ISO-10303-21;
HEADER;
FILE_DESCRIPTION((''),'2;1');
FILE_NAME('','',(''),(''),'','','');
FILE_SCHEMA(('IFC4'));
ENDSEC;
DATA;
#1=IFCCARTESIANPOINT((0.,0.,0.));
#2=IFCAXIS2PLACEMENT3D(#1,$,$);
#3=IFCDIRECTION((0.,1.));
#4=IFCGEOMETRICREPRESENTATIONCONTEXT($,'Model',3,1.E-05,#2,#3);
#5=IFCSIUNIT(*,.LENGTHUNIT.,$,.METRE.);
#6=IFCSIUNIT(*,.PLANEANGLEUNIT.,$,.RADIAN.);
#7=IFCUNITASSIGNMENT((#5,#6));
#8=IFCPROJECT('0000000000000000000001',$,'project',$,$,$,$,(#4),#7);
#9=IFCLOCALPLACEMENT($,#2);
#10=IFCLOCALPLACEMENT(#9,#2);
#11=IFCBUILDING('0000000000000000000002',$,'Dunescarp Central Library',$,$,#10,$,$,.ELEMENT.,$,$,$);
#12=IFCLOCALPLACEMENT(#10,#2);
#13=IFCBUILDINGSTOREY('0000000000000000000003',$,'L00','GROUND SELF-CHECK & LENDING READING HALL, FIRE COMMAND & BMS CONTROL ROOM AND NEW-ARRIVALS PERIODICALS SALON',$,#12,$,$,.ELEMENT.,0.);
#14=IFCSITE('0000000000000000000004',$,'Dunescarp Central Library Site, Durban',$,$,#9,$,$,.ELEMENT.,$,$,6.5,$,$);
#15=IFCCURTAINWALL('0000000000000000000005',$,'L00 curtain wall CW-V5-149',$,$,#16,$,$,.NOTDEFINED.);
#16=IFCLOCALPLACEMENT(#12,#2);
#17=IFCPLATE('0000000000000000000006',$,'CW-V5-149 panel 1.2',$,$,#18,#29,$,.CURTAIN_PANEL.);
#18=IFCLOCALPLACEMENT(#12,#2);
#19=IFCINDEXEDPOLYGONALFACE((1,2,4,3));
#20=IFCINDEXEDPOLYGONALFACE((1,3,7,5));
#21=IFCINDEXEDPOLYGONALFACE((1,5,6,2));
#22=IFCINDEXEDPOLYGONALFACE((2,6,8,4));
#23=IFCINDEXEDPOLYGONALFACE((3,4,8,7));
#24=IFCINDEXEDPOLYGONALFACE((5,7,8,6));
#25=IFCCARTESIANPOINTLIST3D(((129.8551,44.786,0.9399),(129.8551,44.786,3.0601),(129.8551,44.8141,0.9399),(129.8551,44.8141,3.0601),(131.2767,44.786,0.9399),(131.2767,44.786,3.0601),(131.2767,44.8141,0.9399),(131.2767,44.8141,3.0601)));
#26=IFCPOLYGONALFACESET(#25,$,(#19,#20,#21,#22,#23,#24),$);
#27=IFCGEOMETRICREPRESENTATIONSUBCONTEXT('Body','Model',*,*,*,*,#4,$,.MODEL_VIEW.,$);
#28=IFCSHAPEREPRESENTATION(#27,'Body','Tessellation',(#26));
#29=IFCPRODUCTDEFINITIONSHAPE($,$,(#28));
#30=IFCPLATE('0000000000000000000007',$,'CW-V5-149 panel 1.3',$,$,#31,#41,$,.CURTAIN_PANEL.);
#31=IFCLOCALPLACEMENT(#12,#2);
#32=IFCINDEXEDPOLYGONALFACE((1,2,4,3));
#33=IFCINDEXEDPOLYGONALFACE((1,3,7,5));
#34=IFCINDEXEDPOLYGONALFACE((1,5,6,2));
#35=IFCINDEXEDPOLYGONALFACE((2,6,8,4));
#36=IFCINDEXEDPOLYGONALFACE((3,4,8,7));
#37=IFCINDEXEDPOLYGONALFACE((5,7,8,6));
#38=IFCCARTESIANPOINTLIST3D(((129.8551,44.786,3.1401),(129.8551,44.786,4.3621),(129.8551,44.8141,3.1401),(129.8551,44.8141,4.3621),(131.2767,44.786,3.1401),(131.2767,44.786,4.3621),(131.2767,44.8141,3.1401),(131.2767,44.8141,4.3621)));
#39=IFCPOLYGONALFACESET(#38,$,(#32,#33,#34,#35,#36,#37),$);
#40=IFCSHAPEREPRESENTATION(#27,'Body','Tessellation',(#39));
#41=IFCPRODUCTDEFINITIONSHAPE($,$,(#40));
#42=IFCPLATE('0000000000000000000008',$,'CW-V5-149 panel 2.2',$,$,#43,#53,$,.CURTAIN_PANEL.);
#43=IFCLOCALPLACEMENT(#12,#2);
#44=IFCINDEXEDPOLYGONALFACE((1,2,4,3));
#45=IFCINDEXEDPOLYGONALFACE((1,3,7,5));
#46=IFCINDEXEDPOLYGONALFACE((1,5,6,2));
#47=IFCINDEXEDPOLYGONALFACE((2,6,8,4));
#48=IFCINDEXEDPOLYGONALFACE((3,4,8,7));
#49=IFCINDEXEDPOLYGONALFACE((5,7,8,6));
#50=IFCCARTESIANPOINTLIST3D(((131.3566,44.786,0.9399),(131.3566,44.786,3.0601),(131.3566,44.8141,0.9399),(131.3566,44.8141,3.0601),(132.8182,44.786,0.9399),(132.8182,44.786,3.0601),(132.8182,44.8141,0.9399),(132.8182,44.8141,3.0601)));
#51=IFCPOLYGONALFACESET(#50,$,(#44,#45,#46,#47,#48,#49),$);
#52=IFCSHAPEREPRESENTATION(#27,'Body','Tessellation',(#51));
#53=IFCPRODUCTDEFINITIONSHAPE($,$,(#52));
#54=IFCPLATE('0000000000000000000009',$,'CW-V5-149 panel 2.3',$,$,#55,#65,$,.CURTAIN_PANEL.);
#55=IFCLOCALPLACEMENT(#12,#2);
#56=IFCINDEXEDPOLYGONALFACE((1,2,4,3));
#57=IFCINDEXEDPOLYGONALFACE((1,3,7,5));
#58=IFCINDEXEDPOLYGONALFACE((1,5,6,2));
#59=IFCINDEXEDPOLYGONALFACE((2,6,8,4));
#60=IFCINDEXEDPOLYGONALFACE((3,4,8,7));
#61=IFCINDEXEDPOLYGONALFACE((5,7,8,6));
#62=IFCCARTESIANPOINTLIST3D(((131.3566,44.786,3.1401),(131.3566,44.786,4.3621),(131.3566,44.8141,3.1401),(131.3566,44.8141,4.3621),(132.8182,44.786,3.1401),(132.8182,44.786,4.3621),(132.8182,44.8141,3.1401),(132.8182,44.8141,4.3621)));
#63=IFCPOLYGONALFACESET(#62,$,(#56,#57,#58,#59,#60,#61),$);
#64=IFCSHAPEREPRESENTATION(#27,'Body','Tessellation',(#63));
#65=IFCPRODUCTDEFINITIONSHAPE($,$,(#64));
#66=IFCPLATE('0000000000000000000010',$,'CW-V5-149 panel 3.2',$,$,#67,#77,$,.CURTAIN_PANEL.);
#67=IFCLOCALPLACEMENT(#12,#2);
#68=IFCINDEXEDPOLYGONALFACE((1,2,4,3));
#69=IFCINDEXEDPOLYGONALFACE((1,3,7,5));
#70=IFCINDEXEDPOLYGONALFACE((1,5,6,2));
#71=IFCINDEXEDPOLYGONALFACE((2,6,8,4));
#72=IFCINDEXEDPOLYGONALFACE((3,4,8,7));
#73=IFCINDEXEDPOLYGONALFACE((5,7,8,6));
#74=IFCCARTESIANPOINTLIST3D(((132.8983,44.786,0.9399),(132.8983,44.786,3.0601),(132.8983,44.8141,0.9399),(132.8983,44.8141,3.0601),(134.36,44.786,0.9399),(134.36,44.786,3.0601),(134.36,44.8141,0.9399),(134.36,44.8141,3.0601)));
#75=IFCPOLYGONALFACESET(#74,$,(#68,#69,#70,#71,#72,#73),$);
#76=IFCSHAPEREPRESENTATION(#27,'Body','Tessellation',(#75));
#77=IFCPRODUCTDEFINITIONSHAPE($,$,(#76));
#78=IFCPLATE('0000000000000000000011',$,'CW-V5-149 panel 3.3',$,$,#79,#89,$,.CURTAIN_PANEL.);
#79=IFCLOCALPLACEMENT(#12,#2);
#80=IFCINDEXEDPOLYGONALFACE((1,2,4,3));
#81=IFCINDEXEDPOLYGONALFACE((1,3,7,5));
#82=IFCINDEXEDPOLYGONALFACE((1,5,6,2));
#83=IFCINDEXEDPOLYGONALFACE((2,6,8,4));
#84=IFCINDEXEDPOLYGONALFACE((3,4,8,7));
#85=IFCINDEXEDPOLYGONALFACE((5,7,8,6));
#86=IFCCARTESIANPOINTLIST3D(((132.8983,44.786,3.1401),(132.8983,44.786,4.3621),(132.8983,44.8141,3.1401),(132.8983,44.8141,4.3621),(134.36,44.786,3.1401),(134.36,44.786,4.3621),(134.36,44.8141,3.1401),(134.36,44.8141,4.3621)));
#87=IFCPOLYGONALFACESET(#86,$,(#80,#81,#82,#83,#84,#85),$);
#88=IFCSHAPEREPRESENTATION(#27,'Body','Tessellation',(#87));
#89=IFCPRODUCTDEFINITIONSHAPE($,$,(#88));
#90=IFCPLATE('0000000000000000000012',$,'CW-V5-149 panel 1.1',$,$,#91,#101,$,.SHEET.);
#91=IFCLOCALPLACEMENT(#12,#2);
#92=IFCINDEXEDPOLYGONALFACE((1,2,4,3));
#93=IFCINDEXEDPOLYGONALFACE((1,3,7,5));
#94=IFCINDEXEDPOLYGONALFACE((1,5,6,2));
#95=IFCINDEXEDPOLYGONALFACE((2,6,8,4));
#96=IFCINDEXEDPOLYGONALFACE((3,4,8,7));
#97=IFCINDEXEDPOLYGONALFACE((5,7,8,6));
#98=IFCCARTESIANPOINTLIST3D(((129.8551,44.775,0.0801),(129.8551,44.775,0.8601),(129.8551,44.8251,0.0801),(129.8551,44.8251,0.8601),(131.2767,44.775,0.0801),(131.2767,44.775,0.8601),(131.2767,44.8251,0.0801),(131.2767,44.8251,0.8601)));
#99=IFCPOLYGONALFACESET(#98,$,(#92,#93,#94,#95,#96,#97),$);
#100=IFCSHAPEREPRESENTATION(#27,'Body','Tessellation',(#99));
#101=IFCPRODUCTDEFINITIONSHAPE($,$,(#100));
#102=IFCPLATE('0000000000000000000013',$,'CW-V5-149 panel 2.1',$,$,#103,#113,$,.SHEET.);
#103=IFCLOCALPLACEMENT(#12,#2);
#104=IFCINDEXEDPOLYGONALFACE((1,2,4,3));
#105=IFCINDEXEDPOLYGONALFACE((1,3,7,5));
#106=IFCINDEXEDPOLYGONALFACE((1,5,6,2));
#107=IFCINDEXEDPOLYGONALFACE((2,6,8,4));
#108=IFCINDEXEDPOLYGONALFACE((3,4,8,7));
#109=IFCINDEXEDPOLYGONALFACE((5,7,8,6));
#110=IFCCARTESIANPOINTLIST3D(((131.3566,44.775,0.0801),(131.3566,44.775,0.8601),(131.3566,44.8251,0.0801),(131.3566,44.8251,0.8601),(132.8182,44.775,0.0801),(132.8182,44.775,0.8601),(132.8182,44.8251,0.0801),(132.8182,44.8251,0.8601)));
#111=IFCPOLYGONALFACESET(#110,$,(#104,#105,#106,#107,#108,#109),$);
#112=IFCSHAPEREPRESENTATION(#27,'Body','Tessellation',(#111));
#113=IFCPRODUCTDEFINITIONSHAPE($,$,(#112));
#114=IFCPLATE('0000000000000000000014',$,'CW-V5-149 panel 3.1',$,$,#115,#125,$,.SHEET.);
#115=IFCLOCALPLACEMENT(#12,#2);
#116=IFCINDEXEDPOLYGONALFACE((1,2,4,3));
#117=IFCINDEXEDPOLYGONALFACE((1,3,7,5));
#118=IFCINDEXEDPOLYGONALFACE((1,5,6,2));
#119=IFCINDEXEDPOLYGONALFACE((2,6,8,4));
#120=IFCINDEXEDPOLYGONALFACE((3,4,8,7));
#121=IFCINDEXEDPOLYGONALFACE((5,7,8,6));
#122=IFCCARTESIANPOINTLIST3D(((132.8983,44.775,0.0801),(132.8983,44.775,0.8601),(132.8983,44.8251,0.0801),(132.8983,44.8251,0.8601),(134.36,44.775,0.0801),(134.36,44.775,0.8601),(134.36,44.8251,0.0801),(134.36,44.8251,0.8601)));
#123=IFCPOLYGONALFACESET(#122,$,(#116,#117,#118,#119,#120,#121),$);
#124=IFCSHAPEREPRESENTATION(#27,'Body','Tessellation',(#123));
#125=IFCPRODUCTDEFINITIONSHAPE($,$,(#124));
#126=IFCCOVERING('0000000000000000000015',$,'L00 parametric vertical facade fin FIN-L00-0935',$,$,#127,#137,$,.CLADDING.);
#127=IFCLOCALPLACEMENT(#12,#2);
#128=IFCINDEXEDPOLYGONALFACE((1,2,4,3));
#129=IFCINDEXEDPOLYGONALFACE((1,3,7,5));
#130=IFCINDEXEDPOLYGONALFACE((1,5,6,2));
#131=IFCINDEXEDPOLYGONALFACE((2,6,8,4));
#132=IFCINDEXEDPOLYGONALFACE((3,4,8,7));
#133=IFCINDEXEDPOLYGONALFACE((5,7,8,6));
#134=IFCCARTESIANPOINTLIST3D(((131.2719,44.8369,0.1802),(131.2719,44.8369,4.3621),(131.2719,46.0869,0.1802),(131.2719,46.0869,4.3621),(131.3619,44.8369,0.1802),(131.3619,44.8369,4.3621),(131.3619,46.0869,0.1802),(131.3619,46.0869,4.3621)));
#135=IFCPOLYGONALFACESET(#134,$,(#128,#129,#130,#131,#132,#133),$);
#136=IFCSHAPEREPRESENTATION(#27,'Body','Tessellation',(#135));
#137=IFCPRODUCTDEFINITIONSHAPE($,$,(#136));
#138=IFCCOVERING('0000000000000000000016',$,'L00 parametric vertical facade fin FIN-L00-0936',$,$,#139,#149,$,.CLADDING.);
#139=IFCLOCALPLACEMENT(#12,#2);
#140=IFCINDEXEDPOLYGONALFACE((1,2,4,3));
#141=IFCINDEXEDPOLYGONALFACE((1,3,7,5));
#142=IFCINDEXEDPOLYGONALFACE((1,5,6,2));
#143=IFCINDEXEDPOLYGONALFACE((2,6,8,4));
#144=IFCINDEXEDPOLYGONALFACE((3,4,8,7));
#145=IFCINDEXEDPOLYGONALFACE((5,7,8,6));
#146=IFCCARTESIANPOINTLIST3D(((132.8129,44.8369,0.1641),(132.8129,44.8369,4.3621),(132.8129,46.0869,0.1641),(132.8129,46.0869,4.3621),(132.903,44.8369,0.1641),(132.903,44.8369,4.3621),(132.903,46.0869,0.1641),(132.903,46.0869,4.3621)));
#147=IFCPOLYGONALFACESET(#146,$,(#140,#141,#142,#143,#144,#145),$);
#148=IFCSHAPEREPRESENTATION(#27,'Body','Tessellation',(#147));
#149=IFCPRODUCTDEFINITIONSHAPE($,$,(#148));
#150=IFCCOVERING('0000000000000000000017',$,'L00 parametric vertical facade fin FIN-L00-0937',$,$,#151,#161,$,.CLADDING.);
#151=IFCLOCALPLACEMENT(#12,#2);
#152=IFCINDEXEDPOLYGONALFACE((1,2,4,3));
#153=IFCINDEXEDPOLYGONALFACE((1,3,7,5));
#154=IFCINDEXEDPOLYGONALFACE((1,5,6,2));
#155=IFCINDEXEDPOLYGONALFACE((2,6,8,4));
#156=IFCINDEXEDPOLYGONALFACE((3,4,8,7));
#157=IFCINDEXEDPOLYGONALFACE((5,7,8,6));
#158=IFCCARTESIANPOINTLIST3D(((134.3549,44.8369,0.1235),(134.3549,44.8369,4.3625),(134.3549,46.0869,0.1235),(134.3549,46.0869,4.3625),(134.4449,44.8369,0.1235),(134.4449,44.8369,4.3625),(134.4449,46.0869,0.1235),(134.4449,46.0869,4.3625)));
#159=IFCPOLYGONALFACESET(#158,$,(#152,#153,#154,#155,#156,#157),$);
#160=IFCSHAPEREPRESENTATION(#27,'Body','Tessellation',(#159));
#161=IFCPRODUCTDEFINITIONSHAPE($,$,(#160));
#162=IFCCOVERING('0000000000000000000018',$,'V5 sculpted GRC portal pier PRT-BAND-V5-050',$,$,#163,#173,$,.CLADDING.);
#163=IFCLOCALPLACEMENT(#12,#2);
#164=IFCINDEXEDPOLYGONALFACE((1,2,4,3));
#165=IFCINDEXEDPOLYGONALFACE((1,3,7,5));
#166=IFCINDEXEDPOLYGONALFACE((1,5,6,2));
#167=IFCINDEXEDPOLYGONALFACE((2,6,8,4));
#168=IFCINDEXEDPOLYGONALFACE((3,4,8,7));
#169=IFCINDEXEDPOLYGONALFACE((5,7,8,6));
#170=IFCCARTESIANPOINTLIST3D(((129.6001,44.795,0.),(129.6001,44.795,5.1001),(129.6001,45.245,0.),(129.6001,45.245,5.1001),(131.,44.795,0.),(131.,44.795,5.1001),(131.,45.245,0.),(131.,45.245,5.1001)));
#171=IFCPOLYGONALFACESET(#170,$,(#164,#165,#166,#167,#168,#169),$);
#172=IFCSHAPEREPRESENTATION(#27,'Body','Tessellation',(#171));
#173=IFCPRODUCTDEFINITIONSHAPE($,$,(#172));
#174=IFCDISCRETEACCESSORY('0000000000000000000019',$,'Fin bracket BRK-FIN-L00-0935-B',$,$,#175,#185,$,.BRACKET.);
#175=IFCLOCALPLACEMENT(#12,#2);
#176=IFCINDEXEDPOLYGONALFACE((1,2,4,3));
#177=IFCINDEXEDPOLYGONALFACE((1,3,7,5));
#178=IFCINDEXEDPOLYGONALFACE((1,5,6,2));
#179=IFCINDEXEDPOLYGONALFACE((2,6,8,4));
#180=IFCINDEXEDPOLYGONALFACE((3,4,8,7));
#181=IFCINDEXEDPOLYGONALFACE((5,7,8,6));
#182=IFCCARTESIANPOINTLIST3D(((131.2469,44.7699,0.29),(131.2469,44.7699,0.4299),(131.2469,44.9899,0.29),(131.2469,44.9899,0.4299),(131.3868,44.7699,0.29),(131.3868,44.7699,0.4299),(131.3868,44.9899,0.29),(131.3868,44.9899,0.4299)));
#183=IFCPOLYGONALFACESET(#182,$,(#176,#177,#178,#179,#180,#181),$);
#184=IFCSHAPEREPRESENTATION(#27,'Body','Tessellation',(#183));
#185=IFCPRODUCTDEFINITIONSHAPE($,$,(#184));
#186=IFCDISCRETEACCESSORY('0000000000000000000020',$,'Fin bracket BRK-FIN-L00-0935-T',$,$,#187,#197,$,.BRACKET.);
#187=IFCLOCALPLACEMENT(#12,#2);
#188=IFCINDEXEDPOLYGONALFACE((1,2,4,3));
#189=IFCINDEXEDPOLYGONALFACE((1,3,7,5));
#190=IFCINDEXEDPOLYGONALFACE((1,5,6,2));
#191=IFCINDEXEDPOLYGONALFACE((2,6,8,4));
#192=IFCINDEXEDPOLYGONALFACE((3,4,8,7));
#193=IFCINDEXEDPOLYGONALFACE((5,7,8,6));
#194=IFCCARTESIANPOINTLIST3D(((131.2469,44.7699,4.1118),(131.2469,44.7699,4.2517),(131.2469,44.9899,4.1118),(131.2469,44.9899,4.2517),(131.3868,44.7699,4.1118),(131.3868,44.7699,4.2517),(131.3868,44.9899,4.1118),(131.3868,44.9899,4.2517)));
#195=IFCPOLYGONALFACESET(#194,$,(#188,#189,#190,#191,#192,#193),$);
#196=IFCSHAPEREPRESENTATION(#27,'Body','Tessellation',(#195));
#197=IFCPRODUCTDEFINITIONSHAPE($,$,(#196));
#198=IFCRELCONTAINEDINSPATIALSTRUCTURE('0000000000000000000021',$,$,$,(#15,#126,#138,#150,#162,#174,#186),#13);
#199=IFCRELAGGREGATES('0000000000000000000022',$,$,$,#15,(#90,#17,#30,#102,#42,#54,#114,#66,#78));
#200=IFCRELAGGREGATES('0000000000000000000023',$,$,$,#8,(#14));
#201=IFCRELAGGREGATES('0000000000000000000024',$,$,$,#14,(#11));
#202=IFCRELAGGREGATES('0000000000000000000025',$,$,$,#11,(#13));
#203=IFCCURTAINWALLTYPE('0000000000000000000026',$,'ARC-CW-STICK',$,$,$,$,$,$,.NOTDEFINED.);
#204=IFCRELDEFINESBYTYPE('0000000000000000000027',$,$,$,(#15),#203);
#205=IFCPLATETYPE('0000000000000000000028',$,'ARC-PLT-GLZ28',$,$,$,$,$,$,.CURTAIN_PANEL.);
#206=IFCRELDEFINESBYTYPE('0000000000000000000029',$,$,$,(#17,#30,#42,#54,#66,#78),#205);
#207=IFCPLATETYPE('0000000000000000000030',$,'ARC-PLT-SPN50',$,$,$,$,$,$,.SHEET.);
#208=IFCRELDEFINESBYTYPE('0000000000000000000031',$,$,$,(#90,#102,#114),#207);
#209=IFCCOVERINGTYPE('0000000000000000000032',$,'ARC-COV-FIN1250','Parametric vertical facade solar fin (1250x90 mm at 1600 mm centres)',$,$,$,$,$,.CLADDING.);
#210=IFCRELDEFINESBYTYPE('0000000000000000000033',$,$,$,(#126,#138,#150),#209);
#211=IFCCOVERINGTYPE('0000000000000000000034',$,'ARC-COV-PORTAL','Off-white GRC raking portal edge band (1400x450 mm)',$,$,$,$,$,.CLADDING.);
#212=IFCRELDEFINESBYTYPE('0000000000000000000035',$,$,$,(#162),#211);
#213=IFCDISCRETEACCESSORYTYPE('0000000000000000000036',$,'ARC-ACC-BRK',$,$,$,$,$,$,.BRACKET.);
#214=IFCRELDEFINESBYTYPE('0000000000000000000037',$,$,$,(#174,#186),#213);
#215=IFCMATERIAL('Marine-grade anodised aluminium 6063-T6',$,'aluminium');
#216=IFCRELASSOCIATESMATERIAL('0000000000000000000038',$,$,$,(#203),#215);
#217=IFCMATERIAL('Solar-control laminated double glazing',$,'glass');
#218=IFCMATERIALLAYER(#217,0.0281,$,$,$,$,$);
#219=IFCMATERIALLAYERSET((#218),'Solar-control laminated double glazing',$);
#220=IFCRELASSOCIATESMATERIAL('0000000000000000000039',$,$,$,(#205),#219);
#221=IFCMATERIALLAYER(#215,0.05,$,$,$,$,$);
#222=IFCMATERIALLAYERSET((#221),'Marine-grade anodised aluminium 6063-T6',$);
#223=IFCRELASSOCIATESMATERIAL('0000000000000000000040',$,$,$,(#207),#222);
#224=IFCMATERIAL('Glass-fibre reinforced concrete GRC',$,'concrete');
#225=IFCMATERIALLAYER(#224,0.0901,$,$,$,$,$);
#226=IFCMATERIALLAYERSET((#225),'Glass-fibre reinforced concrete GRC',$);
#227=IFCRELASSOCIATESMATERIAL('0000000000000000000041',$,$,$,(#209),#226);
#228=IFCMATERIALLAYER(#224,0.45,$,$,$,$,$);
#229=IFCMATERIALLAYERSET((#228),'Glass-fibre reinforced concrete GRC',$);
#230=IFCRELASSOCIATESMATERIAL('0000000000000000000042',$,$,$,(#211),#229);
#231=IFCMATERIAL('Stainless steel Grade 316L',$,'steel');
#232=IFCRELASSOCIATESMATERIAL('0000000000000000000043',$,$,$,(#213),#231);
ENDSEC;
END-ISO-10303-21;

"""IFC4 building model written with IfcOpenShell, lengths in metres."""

from ifc_helpers import new_model, si_unit, direction, frame, origin, origin_2d, place, context, subcontext, project, spatial, rectangle, extrude, material, layer, layer_set, type_object, element, aggregate, save


model = new_model("IFC4")

# Units and contexts
model_context = context("Model", 3, precision=1e-05, world=origin(), true_north=direction((0.0, 1.0)))
body_context = subcontext(model_context, "Body", "Model", "MODEL_VIEW")
ifc_project = project(units=[si_unit("LENGTHUNIT", "METRE"), si_unit("PLANEANGLEUNIT", "RADIAN")], contexts=[model_context])

# Site, building, storey
site_placement = place(None, origin())
site = spatial("IfcSite", under=ifc_project, at=site_placement, Name="Dunescarp Central Library Site, Durban", CompositionType="ELEMENT", RefElevation=6.5)
building_placement = place(site_placement, origin())
building = spatial("IfcBuilding", under=site, at=building_placement, Name="Dunescarp Central Library", CompositionType="ELEMENT")
storey_placement = place(building_placement, origin())
storey = spatial("IfcBuildingStorey", under=building, at=storey_placement, Name="L00", Description="GROUND SELF-CHECK & LENDING READING HALL, FIRE COMMAND & BMS CONTROL ROOM AND NEW-ARRIVALS PERIODICALS SALON", CompositionType="ELEMENT", Elevation=0.0)

# Curtain wall, plates
ifc_material_1 = material(Name="Marine-grade anodised aluminium 6063-T6", Category="aluminium")
curtain_wall_type = type_object("IfcCurtainWallType", Name="ARC-CW-STICK", PredefinedType="NOTDEFINED", material=ifc_material_1)
curtain_wall_placement = place(storey_placement, origin())
curtain_wall = element("IfcCurtainWall", 1, at=curtain_wall_placement, inside=storey, type_object=curtain_wall_type, Name="L00 curtain wall CW-V5-149", PredefinedType="NOTDEFINED")
ifc_material_2 = material(Name="Solar-control laminated double glazing", Category="glass")
ifc_layer_1 = layer(ifc_material_2, 0.0281)
ifc_layer_set_1 = layer_set([ifc_layer_1], Name="Solar-control laminated double glazing")
plate_type_1 = type_object("IfcPlateType", Name="ARC-PLT-GLZ28", PredefinedType="CURTAIN_PANEL", material=ifc_layer_set_1)
plate_1_placement = place(storey_placement, frame((130.5659, 44.8, 0.9399), z_axis=(0.0, 0.0, 1.0), x_axis=(1.0, 0.0, 0.0)))
plate_1 = element("IfcPlate", 2, at=plate_1_placement, type_object=plate_type_1, Name="CW-V5-149 panel 1.2", PredefinedType="CURTAIN_PANEL", context=body_context, shape_type="SweptSolid", body=[
    extrude(rectangle(XDim=1.4216, YDim=0.0281, at=origin_2d()), origin(), (0.0, 0.0, 1.0), 2.1201),
])
plate_2_placement = place(storey_placement, frame((130.5659, 44.8, 3.1401), z_axis=(0.0, 0.0, 1.0), x_axis=(1.0, 0.0, 0.0)))
plate_2 = element("IfcPlate", 3, at=plate_2_placement, type_object=plate_type_1, Name="CW-V5-149 panel 1.3", PredefinedType="CURTAIN_PANEL", context=body_context, shape_type="SweptSolid", body=[
    extrude(rectangle(XDim=1.4216, YDim=0.0281, at=origin_2d()), origin(), (0.0, 0.0, 1.0), 1.2219),
])
plate_3_placement = place(storey_placement, frame((132.0874, 44.8, 0.9399), z_axis=(0.0, 0.0, 1.0), x_axis=(1.0, 0.0, 0.0)))
plate_3 = element("IfcPlate", 4, at=plate_3_placement, type_object=plate_type_1, Name="CW-V5-149 panel 2.2", PredefinedType="CURTAIN_PANEL", context=body_context, shape_type="SweptSolid", body=[
    extrude(rectangle(XDim=1.4617, YDim=0.0281, at=origin_2d()), origin(), (0.0, 0.0, 1.0), 2.1201),
])
plate_4_placement = place(storey_placement, frame((132.0874, 44.8, 3.1401), z_axis=(0.0, 0.0, 1.0), x_axis=(1.0, 0.0, 0.0)))
plate_4 = element("IfcPlate", 5, at=plate_4_placement, type_object=plate_type_1, Name="CW-V5-149 panel 2.3", PredefinedType="CURTAIN_PANEL", context=body_context, shape_type="SweptSolid", body=[
    extrude(rectangle(XDim=1.4617, YDim=0.0281, at=origin_2d()), origin(), (0.0, 0.0, 1.0), 1.2219),
])
plate_5_placement = place(storey_placement, frame((133.6292, 44.8, 0.9399), z_axis=(0.0, 0.0, 1.0), x_axis=(1.0, 0.0, 0.0)))
plate_5 = element("IfcPlate", 6, at=plate_5_placement, type_object=plate_type_1, Name="CW-V5-149 panel 3.2", PredefinedType="CURTAIN_PANEL", context=body_context, shape_type="SweptSolid", body=[
    extrude(rectangle(XDim=1.4617, YDim=0.0281, at=origin_2d()), origin(), (0.0, 0.0, 1.0), 2.1201),
])
plate_6_placement = place(storey_placement, frame((133.6292, 44.8, 3.1401), z_axis=(0.0, 0.0, 1.0), x_axis=(1.0, 0.0, 0.0)))
plate_6 = element("IfcPlate", 7, at=plate_6_placement, type_object=plate_type_1, Name="CW-V5-149 panel 3.3", PredefinedType="CURTAIN_PANEL", context=body_context, shape_type="SweptSolid", body=[
    extrude(rectangle(XDim=1.4617, YDim=0.0281, at=origin_2d()), origin(), (0.0, 0.0, 1.0), 1.2219),
])
ifc_layer_2 = layer(ifc_material_1, 0.05)
ifc_layer_set_2 = layer_set([ifc_layer_2], Name="Marine-grade anodised aluminium 6063-T6")
plate_type_2 = type_object("IfcPlateType", Name="ARC-PLT-SPN50", PredefinedType="SHEET", material=ifc_layer_set_2)
plate_7_placement = place(storey_placement, frame((130.5659, 44.8, 0.0801), z_axis=(0.0, 0.0, 1.0), x_axis=(1.0, 0.0, 0.0)))
plate_7 = element("IfcPlate", 8, at=plate_7_placement, type_object=plate_type_2, Name="CW-V5-149 panel 1.1", PredefinedType="SHEET", context=body_context, shape_type="SweptSolid", body=[
    extrude(rectangle(XDim=1.4216, YDim=0.05, at=origin_2d()), origin(), (0.0, 0.0, 1.0), 0.78),
])
plate_8_placement = place(storey_placement, frame((132.0874, 44.8, 0.0801), z_axis=(0.0, 0.0, 1.0), x_axis=(1.0, 0.0, 0.0)))
plate_8 = element("IfcPlate", 9, at=plate_8_placement, type_object=plate_type_2, Name="CW-V5-149 panel 2.1", PredefinedType="SHEET", context=body_context, shape_type="SweptSolid", body=[
    extrude(rectangle(XDim=1.4617, YDim=0.05, at=origin_2d()), origin(), (0.0, 0.0, 1.0), 0.78),
])
plate_9_placement = place(storey_placement, frame((133.6292, 44.8, 0.0801), z_axis=(0.0, 0.0, 1.0), x_axis=(1.0, 0.0, 0.0)))
plate_9 = element("IfcPlate", 10, at=plate_9_placement, type_object=plate_type_2, Name="CW-V5-149 panel 3.1", PredefinedType="SHEET", context=body_context, shape_type="SweptSolid", body=[
    extrude(rectangle(XDim=1.4617, YDim=0.05, at=origin_2d()), origin(), (0.0, 0.0, 1.0), 0.78),
])
aggregate(curtain_wall, [plate_7, plate_1, plate_2, plate_8, plate_3, plate_4, plate_9, plate_5, plate_6])

# Coverings
ifc_material_3 = material(Name="Glass-fibre reinforced concrete GRC", Category="concrete")
ifc_layer_3 = layer(ifc_material_3, 0.0901)
ifc_layer_set_3 = layer_set([ifc_layer_3], Name="Glass-fibre reinforced concrete GRC")
covering_type_1 = type_object("IfcCoveringType", Name="ARC-COV-FIN1250", Description="Parametric vertical facade solar fin (1250x90 mm at 1600 mm centres)", PredefinedType="CLADDING", material=ifc_layer_set_3)
covering_1_placement = place(storey_placement, frame((131.3169, 45.4619, 0.1802), z_axis=(0.0, 0.0, 1.0), x_axis=(0.0, 1.0, 0.0)))
element("IfcCovering", 11, at=covering_1_placement, inside=storey, type_object=covering_type_1, Name="L00 parametric vertical facade fin FIN-L00-0935", PredefinedType="CLADDING", context=body_context, shape_type="SweptSolid", body=[
    extrude(rectangle(XDim=1.25, YDim=0.0901, at=origin_2d()), origin(), (0.0, 0.0, 1.0), 4.1819),
])
covering_2_placement = place(storey_placement, frame((132.8579, 45.4619, 0.1641), z_axis=(0.0, 0.0, 1.0), x_axis=(0.0, 1.0, 0.0)))
element("IfcCovering", 12, at=covering_2_placement, inside=storey, type_object=covering_type_1, Name="L00 parametric vertical facade fin FIN-L00-0936", PredefinedType="CLADDING", context=body_context, shape_type="SweptSolid", body=[
    extrude(rectangle(XDim=1.25, YDim=0.0901, at=origin_2d()), origin(), (0.0, 0.0, 1.0), 4.198),
])
covering_3_placement = place(storey_placement, frame((134.3999, 45.4619, 0.1235), z_axis=(0.0, 0.0, 1.0), x_axis=(0.0, 1.0, 0.0)))
element("IfcCovering", 13, at=covering_3_placement, inside=storey, type_object=covering_type_1, Name="L00 parametric vertical facade fin FIN-L00-0937", PredefinedType="CLADDING", context=body_context, shape_type="SweptSolid", body=[
    extrude(rectangle(XDim=1.25, YDim=0.0901, at=origin_2d()), origin(), (0.0, 0.0, 1.0), 4.239),
])
ifc_layer_4 = layer(ifc_material_3, 0.45)
ifc_layer_set_4 = layer_set([ifc_layer_4], Name="Glass-fibre reinforced concrete GRC")
covering_type_2 = type_object("IfcCoveringType", Name="ARC-COV-PORTAL", Description="Off-white GRC raking portal edge band (1400x450 mm)", PredefinedType="CLADDING", material=ifc_layer_set_4)
covering_4_placement = place(storey_placement, frame((130.3, 45.02, 0.0), z_axis=(0.0, 0.0, 1.0), x_axis=(1.0, 0.0, 0.0)))
element("IfcCovering", 14, at=covering_4_placement, inside=storey, type_object=covering_type_2, Name="V5 sculpted GRC portal pier PRT-BAND-V5-050", PredefinedType="CLADDING", context=body_context, shape_type="SweptSolid", body=[
    extrude(rectangle(XDim=1.3999, YDim=0.45, at=origin_2d()), origin(), (0.0, 0.0, 1.0), 5.1001),
])

# Discrete accessories
ifc_material_4 = material(Name="Stainless steel Grade 316L", Category="steel")
discrete_accessory_type = type_object("IfcDiscreteAccessoryType", Name="ARC-ACC-BRK", PredefinedType="BRACKET", material=ifc_material_4)
for number, where, z_axis, x_axis, name in (
    (15, (131.3169, 44.8799, 0.29), (0.0, 0.0, 1.0), (0.0, 1.0, 0.0), "Fin bracket BRK-FIN-L00-0935-B"),
    (16, (131.3169, 44.8799, 4.1118), (0.0, 0.0, 1.0), (0.0, 1.0, 0.0), "Fin bracket BRK-FIN-L00-0935-T"),
):
    element("IfcDiscreteAccessory", number, at=place(storey_placement, frame(where, z_axis=z_axis, x_axis=x_axis)), inside=storey, type_object=discrete_accessory_type, Name=name, PredefinedType="BRACKET", context=body_context, shape_type="SweptSolid", body=[
        extrude(rectangle(XDim=0.22, YDim=0.1399, at=origin_2d()), origin(), (0.0, 0.0, 1.0), 0.1399),
    ])

save(model, "model.ifc")
